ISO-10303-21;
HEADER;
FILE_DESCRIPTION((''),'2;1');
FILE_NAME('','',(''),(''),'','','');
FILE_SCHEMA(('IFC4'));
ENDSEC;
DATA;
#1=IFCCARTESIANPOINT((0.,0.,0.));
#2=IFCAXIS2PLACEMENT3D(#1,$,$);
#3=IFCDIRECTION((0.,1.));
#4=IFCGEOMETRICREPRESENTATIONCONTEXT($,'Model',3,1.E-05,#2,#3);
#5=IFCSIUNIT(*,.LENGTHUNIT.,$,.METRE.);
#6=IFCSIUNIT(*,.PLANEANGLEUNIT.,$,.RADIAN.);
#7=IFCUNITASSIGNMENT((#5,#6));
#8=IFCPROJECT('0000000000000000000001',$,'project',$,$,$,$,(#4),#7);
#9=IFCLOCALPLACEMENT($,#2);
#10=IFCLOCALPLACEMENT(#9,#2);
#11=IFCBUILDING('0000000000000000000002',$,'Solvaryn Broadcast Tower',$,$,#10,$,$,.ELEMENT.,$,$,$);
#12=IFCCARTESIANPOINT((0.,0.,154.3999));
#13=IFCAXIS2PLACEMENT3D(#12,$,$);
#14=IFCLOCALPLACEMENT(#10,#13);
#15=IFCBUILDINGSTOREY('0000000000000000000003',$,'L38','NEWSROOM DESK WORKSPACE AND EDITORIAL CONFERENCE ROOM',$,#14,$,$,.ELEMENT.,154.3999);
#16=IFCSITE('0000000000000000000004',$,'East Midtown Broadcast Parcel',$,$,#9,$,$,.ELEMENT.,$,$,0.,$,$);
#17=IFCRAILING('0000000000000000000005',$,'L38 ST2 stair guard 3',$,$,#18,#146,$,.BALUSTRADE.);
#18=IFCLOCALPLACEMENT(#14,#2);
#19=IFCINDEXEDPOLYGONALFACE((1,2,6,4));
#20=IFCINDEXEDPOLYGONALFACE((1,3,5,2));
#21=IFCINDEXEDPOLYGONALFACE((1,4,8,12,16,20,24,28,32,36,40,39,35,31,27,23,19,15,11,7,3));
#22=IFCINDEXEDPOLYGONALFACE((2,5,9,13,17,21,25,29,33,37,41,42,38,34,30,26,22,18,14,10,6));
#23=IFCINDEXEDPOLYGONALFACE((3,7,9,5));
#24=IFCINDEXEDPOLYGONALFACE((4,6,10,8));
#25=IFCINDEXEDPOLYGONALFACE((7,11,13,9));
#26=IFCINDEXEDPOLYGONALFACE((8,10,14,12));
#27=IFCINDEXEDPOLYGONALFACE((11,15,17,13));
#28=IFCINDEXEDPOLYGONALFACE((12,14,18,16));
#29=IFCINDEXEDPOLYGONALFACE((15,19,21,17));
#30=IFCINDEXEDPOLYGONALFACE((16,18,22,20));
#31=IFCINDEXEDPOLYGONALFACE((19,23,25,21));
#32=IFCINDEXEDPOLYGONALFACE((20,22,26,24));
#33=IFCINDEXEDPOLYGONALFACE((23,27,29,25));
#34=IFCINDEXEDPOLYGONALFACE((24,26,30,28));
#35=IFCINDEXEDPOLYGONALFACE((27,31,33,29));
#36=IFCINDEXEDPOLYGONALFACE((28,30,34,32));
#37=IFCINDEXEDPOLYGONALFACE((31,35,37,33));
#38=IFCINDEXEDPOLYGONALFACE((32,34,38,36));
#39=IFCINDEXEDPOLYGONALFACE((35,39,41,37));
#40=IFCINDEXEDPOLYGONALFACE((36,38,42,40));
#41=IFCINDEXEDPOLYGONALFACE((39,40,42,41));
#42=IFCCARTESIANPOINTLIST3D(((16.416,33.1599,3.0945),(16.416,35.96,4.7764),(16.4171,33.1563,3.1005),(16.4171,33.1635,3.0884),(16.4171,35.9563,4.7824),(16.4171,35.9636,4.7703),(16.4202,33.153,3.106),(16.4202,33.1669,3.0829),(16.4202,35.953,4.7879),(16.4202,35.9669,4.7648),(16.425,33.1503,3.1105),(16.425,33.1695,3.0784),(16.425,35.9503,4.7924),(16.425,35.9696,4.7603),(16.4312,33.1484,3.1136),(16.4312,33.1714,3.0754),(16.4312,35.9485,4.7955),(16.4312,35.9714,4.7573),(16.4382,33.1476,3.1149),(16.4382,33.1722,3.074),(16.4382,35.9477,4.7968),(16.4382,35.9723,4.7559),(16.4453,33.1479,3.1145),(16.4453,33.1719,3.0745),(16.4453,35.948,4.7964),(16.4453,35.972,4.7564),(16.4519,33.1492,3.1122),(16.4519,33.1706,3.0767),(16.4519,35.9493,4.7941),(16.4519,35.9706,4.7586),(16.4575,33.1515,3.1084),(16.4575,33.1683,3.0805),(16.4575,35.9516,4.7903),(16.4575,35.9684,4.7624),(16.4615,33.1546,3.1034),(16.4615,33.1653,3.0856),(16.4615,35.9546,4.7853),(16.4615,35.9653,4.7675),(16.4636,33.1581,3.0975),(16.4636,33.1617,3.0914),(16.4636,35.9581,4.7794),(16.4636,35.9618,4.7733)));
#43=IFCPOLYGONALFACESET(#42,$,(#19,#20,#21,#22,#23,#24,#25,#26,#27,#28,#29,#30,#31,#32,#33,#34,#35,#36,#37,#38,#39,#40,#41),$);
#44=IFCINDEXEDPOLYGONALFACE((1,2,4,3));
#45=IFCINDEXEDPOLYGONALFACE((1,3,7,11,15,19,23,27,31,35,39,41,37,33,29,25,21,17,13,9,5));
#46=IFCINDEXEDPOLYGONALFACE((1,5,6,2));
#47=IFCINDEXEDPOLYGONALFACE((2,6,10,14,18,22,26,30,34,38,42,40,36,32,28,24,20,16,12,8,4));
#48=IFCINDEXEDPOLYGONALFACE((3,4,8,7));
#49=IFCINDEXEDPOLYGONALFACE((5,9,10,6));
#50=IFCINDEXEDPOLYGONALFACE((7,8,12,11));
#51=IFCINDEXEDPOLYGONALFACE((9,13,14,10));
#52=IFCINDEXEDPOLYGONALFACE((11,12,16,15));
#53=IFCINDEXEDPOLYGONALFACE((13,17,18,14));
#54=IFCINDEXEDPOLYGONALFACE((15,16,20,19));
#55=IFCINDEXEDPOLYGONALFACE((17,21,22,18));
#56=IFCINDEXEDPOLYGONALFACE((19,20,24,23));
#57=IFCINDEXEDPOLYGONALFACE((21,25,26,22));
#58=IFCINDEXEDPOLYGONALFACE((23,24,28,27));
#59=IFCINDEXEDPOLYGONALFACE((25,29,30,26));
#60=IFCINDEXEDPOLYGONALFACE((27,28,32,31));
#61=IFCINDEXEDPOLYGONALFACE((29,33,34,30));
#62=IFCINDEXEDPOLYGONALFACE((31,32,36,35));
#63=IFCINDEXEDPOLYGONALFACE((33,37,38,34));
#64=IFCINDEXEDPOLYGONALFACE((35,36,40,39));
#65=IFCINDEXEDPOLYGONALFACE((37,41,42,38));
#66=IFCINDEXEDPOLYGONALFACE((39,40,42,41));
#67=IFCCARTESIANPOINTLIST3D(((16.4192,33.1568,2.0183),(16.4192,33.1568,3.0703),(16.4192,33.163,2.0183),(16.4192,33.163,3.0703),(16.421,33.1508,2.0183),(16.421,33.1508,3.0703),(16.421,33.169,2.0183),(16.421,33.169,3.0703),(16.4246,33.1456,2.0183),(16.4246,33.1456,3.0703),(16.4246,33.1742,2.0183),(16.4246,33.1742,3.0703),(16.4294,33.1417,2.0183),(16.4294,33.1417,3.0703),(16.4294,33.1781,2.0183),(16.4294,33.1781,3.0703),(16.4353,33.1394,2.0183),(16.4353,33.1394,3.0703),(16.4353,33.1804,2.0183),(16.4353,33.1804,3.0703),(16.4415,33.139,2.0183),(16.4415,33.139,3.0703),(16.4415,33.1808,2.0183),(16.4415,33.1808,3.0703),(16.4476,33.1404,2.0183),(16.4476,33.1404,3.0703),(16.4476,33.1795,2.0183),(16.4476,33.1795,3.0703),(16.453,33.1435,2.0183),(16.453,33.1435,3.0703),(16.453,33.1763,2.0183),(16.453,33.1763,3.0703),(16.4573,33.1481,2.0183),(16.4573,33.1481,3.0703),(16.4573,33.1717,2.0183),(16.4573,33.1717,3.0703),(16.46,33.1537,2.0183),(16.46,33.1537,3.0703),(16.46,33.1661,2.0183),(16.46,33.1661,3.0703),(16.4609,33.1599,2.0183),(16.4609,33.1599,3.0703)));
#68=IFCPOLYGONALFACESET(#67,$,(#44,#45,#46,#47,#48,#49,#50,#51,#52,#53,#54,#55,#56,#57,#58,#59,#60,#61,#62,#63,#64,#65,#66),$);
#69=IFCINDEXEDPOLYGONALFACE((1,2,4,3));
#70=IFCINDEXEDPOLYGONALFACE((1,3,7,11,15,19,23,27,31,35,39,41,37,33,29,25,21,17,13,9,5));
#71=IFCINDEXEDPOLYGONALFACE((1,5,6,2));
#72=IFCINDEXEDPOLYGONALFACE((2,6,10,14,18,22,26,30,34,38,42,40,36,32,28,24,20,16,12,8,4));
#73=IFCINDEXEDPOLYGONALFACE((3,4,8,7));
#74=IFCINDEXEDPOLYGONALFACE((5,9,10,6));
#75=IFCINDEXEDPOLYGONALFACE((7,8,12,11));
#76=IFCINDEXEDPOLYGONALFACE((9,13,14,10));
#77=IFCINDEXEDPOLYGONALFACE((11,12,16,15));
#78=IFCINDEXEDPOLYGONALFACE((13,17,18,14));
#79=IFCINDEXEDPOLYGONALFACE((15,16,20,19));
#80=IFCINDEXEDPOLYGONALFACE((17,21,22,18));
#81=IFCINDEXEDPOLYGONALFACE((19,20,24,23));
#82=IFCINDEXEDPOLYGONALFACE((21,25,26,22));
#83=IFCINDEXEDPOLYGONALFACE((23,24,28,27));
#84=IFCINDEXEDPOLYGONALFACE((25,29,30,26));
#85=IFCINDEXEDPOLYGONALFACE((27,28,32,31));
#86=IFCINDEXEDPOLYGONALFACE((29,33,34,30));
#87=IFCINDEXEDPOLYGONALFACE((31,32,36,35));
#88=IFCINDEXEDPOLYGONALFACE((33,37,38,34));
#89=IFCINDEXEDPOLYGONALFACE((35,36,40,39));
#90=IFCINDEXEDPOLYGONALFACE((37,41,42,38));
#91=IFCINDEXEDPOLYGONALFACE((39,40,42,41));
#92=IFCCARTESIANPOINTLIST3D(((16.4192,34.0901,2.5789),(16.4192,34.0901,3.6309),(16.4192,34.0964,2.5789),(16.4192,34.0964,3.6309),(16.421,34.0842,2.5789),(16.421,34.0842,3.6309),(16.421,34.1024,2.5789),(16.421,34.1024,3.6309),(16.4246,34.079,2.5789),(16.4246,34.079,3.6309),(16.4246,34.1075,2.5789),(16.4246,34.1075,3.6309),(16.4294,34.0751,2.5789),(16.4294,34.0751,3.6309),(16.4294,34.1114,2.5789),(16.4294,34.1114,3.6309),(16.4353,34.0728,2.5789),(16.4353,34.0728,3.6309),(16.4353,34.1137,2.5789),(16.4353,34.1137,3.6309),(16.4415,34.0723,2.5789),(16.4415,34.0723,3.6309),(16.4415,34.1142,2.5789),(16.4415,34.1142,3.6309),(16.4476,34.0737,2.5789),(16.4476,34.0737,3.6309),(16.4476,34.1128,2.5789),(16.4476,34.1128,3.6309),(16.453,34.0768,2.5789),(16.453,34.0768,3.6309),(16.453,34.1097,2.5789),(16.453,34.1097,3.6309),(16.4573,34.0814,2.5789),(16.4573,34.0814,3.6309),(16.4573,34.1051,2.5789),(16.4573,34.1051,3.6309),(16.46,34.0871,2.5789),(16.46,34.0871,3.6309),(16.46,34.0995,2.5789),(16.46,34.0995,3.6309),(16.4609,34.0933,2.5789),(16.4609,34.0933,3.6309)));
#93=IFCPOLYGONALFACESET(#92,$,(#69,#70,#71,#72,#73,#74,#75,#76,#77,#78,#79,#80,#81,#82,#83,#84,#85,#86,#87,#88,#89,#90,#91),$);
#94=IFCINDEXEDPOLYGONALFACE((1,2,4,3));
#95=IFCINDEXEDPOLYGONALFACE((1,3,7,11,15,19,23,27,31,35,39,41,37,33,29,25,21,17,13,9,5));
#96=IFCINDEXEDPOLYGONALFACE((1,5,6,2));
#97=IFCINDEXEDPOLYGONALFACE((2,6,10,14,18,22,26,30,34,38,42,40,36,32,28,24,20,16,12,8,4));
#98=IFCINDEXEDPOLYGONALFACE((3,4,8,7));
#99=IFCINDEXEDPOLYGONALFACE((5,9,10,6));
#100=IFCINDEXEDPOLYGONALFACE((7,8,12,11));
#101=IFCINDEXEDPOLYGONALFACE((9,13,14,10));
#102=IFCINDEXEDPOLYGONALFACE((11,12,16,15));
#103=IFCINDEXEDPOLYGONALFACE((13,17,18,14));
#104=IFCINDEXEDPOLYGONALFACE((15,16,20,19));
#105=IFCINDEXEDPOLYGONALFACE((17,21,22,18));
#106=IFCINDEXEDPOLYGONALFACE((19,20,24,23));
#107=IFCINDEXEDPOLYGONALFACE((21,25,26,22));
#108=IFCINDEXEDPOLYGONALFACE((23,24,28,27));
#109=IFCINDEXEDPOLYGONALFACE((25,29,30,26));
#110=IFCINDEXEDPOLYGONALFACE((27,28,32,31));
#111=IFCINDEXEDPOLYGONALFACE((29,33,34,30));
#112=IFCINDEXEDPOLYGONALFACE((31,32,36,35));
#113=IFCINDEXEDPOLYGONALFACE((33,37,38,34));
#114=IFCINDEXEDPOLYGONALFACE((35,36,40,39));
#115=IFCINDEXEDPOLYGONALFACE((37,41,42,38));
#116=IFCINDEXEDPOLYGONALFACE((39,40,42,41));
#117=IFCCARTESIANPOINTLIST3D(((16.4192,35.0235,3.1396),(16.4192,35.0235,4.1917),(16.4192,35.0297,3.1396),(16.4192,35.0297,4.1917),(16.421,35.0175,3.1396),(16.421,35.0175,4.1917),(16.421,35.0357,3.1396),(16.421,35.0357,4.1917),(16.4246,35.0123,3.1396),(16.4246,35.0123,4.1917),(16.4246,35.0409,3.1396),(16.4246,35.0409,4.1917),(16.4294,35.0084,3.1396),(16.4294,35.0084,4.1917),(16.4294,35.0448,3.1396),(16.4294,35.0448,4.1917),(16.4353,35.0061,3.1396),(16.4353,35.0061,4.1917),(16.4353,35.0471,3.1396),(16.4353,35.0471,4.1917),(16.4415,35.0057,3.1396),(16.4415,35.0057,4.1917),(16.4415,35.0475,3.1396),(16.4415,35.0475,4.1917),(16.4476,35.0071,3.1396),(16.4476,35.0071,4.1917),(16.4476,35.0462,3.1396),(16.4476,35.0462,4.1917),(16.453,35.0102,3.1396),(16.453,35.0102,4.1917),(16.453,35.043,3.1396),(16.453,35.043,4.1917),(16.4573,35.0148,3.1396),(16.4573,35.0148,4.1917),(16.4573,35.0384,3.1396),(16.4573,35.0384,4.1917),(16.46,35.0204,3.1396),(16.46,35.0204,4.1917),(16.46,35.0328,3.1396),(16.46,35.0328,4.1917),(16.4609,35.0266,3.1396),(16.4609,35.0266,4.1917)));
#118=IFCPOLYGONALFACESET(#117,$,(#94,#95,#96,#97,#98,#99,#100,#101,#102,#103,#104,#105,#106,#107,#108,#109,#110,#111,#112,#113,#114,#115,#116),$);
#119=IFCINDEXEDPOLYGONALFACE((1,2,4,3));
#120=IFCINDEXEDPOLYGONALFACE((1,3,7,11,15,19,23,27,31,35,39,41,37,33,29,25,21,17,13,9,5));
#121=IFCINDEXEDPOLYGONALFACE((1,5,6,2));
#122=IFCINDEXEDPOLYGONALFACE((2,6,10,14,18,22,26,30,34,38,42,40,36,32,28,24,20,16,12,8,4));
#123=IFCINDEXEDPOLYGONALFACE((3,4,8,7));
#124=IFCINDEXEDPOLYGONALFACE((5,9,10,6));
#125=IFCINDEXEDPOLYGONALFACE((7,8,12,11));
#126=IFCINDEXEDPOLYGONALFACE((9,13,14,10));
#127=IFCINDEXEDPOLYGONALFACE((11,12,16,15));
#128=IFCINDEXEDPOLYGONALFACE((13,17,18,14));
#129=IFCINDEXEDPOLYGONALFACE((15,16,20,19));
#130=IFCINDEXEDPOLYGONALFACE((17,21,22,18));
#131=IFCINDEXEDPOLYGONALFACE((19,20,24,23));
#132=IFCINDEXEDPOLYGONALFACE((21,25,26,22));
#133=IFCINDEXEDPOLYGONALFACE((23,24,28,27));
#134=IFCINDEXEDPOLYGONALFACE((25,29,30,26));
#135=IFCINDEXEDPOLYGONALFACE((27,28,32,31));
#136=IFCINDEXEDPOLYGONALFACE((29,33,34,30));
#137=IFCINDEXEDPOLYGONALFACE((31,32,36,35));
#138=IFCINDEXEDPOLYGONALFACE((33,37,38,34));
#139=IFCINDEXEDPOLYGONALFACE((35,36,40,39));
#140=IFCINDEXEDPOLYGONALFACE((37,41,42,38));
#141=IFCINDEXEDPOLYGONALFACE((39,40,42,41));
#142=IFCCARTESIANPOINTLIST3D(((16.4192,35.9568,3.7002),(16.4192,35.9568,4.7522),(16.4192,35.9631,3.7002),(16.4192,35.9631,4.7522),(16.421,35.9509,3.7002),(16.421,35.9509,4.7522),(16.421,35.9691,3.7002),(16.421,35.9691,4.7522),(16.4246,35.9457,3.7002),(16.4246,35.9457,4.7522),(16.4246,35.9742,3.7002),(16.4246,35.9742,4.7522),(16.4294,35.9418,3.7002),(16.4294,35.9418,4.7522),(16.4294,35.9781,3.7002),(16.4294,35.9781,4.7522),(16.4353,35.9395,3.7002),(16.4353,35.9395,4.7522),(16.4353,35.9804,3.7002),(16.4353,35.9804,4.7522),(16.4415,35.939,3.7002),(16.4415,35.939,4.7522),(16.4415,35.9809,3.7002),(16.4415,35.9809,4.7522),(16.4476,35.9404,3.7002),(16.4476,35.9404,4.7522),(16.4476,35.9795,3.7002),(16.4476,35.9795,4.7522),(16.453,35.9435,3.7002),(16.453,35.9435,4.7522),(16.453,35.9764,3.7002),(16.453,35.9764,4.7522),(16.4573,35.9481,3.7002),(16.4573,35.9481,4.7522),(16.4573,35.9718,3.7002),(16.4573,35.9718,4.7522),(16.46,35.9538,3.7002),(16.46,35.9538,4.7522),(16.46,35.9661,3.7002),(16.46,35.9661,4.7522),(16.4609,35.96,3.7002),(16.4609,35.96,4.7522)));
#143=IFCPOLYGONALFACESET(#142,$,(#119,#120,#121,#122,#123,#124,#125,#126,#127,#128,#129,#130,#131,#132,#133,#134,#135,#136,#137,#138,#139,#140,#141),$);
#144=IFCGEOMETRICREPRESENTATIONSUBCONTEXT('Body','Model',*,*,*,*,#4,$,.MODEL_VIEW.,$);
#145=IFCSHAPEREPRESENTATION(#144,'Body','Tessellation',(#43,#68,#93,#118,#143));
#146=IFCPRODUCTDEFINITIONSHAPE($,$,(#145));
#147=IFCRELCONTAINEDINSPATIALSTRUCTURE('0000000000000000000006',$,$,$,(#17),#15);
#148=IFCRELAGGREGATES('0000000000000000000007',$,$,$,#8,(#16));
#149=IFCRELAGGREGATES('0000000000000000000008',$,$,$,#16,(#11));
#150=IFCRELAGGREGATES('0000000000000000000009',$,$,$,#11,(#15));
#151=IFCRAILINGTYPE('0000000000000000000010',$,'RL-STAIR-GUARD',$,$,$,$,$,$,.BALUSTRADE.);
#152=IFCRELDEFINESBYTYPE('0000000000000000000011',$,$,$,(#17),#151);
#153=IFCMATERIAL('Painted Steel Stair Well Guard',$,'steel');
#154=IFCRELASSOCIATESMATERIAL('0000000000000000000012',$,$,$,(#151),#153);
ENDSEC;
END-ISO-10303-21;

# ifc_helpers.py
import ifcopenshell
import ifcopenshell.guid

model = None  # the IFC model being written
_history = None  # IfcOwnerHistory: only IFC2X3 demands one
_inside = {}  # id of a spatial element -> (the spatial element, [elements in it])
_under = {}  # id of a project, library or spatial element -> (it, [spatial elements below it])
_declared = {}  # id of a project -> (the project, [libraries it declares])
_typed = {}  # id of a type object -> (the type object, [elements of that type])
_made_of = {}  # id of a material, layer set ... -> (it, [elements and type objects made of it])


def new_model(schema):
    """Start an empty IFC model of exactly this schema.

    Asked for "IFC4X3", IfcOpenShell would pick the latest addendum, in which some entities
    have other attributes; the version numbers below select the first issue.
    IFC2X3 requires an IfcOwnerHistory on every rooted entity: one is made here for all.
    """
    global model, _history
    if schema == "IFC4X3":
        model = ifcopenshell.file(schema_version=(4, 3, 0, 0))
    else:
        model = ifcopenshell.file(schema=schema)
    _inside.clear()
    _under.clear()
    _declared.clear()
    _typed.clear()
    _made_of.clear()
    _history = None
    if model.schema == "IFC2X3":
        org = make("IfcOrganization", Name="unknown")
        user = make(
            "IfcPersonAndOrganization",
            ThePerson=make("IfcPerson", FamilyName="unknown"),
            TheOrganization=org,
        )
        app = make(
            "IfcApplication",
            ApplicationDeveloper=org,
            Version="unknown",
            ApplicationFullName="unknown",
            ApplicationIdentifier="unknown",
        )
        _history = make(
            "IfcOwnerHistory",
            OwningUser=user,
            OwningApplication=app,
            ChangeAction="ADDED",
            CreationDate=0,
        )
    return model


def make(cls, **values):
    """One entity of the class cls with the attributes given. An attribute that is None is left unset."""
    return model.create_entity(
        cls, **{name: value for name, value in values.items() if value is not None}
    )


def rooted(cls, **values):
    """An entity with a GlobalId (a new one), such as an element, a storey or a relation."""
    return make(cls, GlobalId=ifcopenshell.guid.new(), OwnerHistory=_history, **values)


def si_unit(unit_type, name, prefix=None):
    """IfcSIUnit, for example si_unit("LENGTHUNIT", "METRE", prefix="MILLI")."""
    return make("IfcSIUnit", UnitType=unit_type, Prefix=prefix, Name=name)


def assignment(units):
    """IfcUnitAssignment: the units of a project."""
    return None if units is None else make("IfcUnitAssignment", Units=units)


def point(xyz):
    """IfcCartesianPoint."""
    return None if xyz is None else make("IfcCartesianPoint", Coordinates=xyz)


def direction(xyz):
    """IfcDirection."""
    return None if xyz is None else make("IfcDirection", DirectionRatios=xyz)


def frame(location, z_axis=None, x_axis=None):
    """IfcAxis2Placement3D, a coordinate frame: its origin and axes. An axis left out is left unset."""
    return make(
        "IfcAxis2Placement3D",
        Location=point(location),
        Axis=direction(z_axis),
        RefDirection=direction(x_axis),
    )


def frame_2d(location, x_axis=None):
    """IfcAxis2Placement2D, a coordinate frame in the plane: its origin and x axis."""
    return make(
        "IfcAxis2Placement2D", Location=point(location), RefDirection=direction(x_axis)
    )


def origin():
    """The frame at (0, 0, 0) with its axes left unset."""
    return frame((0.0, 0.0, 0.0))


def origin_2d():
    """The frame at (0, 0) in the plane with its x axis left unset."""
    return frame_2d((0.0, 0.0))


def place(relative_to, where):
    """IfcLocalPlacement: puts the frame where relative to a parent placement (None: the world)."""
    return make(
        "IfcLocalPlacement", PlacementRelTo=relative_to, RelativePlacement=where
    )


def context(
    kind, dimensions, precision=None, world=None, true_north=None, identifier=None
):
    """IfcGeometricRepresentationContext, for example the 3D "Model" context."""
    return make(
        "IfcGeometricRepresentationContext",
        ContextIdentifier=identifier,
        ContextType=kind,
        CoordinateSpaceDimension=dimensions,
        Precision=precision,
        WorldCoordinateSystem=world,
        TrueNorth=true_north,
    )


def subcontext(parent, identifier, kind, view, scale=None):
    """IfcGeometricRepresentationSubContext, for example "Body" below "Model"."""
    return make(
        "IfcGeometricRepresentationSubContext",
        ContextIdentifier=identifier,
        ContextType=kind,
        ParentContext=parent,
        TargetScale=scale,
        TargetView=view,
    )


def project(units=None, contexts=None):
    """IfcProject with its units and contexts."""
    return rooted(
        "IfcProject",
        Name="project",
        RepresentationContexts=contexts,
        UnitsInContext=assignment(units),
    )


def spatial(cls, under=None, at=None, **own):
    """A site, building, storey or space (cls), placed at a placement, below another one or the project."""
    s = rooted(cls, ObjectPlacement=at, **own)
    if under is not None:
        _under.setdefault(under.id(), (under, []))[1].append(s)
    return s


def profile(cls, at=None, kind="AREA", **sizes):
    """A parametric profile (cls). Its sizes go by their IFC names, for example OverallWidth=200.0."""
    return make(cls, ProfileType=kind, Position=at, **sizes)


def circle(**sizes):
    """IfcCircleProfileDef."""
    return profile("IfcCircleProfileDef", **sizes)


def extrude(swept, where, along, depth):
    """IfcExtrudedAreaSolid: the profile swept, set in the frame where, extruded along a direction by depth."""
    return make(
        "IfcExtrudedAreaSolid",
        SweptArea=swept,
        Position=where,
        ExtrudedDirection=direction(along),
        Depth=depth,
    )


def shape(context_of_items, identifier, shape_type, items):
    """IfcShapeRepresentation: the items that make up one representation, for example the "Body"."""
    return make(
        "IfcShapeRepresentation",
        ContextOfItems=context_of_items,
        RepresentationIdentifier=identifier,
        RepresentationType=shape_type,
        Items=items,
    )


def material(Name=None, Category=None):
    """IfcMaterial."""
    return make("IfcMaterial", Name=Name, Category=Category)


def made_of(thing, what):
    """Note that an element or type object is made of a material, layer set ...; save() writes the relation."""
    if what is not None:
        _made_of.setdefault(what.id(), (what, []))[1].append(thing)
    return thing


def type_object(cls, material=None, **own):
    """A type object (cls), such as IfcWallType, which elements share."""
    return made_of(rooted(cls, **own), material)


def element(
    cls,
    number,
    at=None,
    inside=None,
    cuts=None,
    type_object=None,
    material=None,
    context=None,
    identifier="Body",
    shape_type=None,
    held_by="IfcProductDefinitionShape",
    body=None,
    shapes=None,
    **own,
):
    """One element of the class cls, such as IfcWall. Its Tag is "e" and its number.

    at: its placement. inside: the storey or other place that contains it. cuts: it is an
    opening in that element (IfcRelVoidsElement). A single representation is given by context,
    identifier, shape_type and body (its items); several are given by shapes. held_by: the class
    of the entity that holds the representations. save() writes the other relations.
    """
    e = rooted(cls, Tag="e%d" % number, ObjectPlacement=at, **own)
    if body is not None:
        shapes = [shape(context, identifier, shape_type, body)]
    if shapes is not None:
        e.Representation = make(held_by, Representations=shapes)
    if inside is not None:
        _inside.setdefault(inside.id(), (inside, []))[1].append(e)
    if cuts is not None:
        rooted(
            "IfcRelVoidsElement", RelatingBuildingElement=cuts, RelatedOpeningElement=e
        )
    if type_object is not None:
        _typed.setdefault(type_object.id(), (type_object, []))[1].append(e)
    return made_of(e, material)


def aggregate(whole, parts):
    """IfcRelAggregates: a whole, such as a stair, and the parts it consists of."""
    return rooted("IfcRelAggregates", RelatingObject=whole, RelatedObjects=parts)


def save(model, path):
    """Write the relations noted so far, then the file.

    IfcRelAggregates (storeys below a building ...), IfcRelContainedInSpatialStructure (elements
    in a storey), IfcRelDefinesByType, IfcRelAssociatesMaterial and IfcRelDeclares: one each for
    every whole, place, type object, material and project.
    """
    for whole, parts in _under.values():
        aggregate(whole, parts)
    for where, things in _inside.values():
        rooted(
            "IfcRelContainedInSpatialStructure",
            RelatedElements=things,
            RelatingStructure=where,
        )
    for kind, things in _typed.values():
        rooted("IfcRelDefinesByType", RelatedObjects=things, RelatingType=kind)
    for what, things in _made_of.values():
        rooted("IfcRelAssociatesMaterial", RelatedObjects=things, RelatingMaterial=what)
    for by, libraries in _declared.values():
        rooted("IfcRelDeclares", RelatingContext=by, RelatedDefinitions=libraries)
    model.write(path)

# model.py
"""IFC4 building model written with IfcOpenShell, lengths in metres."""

from ifc_helpers import new_model, si_unit, direction, frame, origin, origin_2d, place, context, subcontext, project, spatial, circle, extrude, material, type_object, element, save


model = new_model("IFC4")

# Units and contexts
model_context = context("Model", 3, precision=1e-05, world=origin(), true_north=direction((0.0, 1.0)))
body_context = subcontext(model_context, "Body", "Model", "MODEL_VIEW")
ifc_project = project(units=[si_unit("LENGTHUNIT", "METRE"), si_unit("PLANEANGLEUNIT", "RADIAN")], contexts=[model_context])

# Site, building, storey
site_placement = place(None, origin())
site = spatial("IfcSite", under=ifc_project, at=site_placement, Name="East Midtown Broadcast Parcel", CompositionType="ELEMENT", RefElevation=0.0)
building_placement = place(site_placement, origin())
building = spatial("IfcBuilding", under=site, at=building_placement, Name="Solvaryn Broadcast Tower", CompositionType="ELEMENT")
storey_placement = place(building_placement, frame((0.0, 0.0, 154.3999)))
storey = spatial("IfcBuildingStorey", under=building, at=storey_placement, Name="L38", Description="NEWSROOM DESK WORKSPACE AND EDITORIAL CONFERENCE ROOM", CompositionType="ELEMENT", Elevation=154.3999)

# Railing
ifc_material_1 = material(Name="Painted Steel Stair Well Guard", Category="steel")
railing_type_1 = type_object("IfcRailingType", Name="RL-STAIR-GUARD", PredefinedType="BALUSTRADE", material=ifc_material_1)
railing_1_placement = place(storey_placement, frame((16.4399, 33.1599, 2.0183)))
element("IfcRailing", 1, at=railing_1_placement, inside=storey, type_object=railing_type_1, Name="L38 ST2 stair guard 3", PredefinedType="BALUSTRADE", context=body_context, shape_type="SweptSolid", body=[
    extrude(circle(Radius=0.0239, at=origin_2d()), frame((0.0, 0.0, 1.0762), z_axis=(0.0, 0.857242, 0.514913), x_axis=(-1.0, 0.0, 0.0)), (0.0, 0.0, 1.0), 3.2664),
    extrude(circle(Radius=0.021, at=origin_2d()), origin(), (0.0, 0.0, 1.0), 1.052),
    extrude(circle(Radius=0.021, at=origin_2d()), frame((0.0, 0.9333, 0.5605)), (0.0, 0.0, 1.0), 1.052),
    extrude(circle(Radius=0.021, at=origin_2d()), frame((0.0, 1.8667, 1.1213)), (0.0, 0.0, 1.0), 1.052),
    extrude(circle(Radius=0.021, at=origin_2d()), frame((0.0, 2.8, 1.6819)), (0.0, 0.0, 1.0), 1.052),
])

save(model, "model.ifc")
